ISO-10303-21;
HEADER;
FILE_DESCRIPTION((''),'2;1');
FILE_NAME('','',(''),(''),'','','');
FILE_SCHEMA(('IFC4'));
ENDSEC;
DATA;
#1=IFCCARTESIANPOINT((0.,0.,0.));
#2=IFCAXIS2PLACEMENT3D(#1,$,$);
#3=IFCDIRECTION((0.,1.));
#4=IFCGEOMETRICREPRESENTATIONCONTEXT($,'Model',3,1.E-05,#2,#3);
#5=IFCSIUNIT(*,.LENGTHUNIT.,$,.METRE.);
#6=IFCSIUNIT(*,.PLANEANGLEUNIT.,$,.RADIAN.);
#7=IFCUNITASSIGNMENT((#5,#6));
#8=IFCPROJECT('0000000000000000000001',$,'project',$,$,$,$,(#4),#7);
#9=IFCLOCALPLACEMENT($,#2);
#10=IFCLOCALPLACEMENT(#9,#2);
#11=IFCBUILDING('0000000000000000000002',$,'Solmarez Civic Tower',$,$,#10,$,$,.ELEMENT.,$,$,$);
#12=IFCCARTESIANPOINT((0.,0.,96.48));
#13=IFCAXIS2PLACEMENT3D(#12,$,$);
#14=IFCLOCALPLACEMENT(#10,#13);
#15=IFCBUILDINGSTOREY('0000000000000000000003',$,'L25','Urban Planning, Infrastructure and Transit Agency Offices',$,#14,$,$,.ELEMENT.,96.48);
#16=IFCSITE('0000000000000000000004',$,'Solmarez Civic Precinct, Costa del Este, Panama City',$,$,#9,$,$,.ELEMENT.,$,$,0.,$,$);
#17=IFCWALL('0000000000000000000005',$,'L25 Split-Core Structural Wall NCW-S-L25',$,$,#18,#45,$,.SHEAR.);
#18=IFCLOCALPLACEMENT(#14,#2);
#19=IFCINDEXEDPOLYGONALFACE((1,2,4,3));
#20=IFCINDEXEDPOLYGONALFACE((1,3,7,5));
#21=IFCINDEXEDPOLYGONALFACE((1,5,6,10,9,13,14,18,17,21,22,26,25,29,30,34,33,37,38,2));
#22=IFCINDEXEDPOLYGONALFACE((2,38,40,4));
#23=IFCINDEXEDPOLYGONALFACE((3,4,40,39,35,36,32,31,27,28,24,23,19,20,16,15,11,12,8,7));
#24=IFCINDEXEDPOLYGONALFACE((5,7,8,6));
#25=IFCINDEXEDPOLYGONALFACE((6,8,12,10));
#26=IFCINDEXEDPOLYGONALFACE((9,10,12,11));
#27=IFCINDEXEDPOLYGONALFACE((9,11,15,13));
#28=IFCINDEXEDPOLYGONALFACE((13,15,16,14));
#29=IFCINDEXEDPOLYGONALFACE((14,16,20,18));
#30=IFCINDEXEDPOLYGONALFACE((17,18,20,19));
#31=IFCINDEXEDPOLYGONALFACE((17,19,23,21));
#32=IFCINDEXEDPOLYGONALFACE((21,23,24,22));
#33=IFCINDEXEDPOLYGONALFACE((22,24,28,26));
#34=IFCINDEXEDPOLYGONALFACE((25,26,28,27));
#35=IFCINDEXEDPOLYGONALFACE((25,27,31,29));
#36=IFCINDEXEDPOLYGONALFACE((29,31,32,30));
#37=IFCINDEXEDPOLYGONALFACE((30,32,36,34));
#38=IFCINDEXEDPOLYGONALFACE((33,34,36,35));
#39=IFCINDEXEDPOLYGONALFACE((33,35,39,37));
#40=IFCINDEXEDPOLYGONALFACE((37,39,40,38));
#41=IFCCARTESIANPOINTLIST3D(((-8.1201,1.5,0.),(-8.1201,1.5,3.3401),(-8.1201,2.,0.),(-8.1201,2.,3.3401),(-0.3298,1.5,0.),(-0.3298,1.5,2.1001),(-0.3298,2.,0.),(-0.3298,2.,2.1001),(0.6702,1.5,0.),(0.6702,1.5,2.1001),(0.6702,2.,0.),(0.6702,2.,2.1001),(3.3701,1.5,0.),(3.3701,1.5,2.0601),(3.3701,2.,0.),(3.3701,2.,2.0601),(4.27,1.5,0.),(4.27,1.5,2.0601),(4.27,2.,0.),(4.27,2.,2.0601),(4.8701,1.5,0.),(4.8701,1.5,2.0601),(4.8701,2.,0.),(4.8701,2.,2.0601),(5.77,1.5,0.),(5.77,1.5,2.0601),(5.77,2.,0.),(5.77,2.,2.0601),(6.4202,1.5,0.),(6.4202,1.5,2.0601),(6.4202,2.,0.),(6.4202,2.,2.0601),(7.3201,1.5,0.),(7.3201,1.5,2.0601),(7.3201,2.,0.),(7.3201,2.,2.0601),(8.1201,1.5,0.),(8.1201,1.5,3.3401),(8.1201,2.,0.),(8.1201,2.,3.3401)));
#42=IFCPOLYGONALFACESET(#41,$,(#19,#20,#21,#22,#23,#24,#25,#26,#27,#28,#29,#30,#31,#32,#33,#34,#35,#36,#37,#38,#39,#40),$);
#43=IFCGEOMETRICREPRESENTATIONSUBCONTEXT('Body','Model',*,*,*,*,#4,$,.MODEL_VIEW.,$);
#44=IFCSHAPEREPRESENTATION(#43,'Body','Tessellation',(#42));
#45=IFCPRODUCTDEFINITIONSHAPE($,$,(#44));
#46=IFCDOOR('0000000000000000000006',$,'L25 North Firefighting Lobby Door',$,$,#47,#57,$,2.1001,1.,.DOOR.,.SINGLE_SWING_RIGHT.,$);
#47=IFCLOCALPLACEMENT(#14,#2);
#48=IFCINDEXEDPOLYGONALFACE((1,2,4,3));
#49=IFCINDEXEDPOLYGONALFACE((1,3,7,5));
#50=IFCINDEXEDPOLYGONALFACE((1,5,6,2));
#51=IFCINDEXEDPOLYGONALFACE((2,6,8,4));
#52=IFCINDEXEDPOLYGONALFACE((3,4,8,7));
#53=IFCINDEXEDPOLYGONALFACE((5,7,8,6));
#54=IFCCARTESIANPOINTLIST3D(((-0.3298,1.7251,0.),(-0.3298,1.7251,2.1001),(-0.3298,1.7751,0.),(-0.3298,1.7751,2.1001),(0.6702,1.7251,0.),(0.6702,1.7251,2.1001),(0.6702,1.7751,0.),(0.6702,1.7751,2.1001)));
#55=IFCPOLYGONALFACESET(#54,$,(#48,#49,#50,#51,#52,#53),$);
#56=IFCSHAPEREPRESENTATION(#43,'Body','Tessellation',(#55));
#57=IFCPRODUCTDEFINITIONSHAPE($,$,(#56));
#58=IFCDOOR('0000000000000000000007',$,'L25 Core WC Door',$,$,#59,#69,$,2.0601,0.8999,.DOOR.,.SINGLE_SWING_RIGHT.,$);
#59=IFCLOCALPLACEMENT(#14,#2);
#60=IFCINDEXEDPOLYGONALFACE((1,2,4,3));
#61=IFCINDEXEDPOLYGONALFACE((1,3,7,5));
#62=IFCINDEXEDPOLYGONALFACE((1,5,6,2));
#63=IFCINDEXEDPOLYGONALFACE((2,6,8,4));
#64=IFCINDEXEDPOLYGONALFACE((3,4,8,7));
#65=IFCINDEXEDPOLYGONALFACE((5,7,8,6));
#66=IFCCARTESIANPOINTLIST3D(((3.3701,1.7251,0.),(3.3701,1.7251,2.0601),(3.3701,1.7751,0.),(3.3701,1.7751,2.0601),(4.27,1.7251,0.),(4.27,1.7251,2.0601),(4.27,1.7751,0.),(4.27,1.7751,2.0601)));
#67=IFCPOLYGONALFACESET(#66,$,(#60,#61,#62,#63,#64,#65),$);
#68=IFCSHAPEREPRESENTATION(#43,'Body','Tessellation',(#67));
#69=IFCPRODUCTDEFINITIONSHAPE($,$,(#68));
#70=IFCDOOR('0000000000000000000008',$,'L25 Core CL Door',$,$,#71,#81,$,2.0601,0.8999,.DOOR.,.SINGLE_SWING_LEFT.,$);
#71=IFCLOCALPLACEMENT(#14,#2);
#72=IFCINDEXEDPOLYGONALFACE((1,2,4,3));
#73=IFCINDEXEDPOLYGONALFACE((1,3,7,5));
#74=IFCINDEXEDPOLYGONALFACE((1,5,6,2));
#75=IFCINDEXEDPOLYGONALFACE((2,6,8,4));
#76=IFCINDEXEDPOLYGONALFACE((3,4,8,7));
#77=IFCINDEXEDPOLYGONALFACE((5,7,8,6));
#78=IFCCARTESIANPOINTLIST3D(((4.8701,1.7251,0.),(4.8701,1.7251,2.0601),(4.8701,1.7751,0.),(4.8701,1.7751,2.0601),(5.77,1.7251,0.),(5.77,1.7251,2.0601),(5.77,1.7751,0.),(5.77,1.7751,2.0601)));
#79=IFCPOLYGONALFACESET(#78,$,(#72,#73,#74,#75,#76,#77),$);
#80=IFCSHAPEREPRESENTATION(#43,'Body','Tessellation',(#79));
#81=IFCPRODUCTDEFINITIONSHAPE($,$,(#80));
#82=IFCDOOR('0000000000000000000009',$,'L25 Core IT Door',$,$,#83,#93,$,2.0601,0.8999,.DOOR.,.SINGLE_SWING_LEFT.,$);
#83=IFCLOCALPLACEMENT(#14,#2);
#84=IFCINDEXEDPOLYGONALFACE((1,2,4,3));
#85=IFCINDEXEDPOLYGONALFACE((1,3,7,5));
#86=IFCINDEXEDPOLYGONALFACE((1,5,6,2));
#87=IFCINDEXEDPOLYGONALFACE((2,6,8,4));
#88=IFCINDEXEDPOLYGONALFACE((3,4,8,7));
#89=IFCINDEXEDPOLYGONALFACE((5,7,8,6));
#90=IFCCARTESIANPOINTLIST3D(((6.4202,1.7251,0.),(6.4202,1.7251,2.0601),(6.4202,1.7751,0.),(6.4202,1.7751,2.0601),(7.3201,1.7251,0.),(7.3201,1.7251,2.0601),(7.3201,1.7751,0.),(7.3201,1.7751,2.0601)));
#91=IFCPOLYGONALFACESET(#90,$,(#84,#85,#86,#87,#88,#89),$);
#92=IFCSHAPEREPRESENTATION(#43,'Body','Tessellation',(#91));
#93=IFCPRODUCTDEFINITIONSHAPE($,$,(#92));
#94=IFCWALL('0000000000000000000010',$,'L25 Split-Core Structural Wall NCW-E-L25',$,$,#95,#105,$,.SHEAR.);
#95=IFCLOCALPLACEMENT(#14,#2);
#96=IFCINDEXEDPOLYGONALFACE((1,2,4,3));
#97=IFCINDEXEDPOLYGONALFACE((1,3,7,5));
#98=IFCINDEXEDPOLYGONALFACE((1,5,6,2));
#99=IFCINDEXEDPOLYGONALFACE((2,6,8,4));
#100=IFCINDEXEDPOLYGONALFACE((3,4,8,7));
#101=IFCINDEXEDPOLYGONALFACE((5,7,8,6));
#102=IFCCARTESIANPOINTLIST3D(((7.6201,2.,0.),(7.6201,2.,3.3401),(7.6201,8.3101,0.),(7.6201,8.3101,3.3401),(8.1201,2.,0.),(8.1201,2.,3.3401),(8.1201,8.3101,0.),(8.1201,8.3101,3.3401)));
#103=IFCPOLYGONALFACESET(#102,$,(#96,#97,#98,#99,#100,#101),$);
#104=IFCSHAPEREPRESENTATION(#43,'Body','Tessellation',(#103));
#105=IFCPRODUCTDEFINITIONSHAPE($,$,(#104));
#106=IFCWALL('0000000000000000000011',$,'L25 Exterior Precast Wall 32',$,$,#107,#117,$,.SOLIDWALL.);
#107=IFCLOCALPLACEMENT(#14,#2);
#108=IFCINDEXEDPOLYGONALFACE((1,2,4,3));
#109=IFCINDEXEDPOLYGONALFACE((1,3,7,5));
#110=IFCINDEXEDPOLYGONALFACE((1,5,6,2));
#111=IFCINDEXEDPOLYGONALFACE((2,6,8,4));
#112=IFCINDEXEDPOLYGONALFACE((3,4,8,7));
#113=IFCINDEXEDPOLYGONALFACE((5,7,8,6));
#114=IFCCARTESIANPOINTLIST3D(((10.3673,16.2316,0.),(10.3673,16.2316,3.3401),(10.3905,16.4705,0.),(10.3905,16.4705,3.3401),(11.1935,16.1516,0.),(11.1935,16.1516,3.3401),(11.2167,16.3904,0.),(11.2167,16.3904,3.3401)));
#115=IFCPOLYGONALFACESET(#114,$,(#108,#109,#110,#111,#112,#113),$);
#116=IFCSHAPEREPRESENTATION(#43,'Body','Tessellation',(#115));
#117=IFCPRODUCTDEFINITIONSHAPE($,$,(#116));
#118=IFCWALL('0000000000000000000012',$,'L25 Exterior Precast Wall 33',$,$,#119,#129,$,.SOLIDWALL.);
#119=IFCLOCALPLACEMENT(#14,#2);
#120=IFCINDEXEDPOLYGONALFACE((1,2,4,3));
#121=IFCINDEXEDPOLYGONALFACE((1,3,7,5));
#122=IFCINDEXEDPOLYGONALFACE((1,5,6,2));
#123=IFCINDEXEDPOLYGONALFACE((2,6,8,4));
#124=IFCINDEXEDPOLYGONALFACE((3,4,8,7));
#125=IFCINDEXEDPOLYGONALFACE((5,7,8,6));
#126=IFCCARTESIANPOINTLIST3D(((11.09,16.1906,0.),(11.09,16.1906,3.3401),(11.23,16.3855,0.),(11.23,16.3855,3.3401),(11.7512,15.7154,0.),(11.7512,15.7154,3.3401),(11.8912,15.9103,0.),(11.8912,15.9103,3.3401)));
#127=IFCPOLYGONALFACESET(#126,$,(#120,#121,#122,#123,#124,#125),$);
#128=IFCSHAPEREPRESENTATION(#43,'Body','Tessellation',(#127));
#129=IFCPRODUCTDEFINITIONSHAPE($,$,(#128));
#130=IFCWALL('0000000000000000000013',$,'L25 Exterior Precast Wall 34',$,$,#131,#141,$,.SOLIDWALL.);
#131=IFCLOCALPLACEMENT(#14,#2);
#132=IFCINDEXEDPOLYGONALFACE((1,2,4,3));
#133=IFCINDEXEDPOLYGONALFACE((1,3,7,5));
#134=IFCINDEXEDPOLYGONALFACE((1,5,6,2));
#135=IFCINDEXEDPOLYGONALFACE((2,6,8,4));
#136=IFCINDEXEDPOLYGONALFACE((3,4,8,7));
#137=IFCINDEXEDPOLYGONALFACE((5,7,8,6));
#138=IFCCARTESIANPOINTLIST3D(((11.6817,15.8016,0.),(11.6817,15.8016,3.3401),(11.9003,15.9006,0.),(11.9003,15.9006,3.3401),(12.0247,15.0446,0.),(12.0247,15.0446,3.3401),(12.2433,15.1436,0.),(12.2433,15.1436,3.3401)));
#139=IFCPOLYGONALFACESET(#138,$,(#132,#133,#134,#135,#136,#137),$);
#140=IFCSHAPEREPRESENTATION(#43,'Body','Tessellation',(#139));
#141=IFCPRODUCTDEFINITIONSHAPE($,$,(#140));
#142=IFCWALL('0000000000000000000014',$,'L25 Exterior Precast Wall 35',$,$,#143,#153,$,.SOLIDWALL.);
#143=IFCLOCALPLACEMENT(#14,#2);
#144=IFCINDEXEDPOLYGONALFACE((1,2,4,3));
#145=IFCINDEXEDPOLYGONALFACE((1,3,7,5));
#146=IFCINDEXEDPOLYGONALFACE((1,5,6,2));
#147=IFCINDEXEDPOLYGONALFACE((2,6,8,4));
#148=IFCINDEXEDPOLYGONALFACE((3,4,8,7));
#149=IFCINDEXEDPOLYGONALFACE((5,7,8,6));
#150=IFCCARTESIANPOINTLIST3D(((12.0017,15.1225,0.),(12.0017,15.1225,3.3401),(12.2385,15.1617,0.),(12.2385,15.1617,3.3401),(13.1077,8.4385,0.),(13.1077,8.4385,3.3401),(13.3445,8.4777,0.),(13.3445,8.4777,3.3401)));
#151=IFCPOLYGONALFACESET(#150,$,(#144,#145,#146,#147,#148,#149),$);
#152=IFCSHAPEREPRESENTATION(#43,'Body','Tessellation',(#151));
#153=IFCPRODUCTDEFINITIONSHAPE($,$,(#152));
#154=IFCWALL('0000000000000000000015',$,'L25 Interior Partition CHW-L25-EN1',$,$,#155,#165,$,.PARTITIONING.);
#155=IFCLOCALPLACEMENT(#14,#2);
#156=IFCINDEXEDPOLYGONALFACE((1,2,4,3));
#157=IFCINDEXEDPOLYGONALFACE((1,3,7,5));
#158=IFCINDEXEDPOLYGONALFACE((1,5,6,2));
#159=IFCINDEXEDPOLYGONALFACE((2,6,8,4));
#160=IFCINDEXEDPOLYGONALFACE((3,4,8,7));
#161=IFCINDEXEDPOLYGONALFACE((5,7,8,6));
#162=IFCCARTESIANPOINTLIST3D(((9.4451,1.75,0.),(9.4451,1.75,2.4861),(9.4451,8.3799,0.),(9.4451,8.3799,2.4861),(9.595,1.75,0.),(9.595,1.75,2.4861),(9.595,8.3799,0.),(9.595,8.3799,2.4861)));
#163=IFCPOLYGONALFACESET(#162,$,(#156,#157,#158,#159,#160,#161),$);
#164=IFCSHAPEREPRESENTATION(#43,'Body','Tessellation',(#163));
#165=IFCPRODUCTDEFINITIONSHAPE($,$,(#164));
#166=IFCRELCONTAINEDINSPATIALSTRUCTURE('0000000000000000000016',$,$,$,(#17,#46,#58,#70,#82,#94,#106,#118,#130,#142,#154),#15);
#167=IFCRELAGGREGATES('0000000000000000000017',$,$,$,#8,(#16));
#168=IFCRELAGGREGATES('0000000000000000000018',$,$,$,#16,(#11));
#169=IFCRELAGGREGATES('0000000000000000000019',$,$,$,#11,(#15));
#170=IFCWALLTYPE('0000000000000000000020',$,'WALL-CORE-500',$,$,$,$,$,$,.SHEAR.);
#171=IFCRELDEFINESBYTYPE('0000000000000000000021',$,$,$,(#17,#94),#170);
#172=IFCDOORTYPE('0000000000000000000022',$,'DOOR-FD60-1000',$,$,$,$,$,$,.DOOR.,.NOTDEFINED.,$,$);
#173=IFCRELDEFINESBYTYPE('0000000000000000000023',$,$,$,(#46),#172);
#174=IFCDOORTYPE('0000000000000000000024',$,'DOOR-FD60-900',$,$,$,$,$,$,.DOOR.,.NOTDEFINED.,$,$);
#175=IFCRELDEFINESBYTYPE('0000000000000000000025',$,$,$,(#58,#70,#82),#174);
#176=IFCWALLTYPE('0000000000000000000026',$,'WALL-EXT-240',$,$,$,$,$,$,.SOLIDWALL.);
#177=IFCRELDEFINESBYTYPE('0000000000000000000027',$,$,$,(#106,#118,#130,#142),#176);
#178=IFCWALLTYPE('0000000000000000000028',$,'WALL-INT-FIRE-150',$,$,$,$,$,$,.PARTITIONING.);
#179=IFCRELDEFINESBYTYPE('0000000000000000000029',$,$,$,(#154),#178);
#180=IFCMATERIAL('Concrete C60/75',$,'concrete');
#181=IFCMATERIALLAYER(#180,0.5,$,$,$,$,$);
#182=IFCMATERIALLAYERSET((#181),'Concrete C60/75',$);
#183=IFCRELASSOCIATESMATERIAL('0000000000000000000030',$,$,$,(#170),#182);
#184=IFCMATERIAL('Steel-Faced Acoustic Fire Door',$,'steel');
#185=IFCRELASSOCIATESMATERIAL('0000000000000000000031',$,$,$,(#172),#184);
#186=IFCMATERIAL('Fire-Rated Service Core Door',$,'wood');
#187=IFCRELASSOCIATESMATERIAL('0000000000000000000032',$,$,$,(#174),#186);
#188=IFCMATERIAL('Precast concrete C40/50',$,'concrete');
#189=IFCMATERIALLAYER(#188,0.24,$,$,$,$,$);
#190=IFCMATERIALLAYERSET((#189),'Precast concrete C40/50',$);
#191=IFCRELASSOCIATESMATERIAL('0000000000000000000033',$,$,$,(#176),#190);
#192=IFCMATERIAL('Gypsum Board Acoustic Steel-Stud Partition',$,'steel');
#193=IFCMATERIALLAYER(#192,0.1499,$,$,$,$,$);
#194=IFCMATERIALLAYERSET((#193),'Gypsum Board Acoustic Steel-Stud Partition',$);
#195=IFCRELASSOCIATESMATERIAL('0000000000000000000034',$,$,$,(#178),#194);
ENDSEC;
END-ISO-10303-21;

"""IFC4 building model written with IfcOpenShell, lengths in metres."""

from ifc_helpers import new_model, si_unit, direction, frame, frame_2d, origin, place, context, subcontext, project, spatial, rectangle, extrude, material, layer, layer_set, type_object, element, fill, save


model = new_model("IFC4")

# Units and contexts
model_context = context("Model", 3, precision=1e-05, world=origin(), true_north=direction((0.0, 1.0)))
body_context = subcontext(model_context, "Body", "Model", "MODEL_VIEW")
ifc_project = project(units=[si_unit("LENGTHUNIT", "METRE"), si_unit("PLANEANGLEUNIT", "RADIAN")], contexts=[model_context])

# Site, building, storey
site_placement = place(None, origin())
site = spatial("IfcSite", under=ifc_project, at=site_placement, Name="Solmarez Civic Precinct, Costa del Este, Panama City", CompositionType="ELEMENT", RefElevation=0.0)
building_placement = place(site_placement, origin())
building = spatial("IfcBuilding", under=site, at=building_placement, Name="Solmarez Civic Tower", CompositionType="ELEMENT")
storey_placement = place(building_placement, frame((0.0, 0.0, 96.48)))
storey = spatial("IfcBuildingStorey", under=building, at=storey_placement, Name="L25", Description="Urban Planning, Infrastructure and Transit Agency Offices", CompositionType="ELEMENT", Elevation=96.48)

# Shared definitions
ifc_material_1 = material(Name="Concrete C60/75", Category="concrete")

# Wall, openings, doors
ifc_layer_1 = layer(ifc_material_1, 0.5)
ifc_layer_set_1 = layer_set([ifc_layer_1], Name="Concrete C60/75")
wall_type_1 = type_object("IfcWallType", Name="WALL-CORE-500", PredefinedType="SHEAR", material=ifc_layer_set_1)
wall_1_placement = place(storey_placement, frame((8.1201, 1.75, 0.0), z_axis=(0.0, 0.0, 1.0), x_axis=(-1.0, 0.0, 0.0)))
wall_1 = element("IfcWall", 1, at=wall_1_placement, inside=storey, type_object=wall_type_1, Name="L25 Split-Core Structural Wall NCW-S-L25", PredefinedType="SHEAR", context=body_context, shape_type="SweptSolid", body=[
    extrude(rectangle(XDim=16.2402, YDim=0.5, at=frame_2d((8.1201, 0.0))), origin(), (0.0, 0.0, 1.0), 3.3401),
])
opening_1_placement = place(wall_1_placement, frame((7.45, 0.0, 0.0)))
opening_1 = element("IfcOpeningElement", 2, at=opening_1_placement, cuts=wall_1, PredefinedType="OPENING", context=body_context, shape_type="SweptSolid", body=[
    extrude(rectangle(XDim=1.0, YDim=2.1001, at=frame_2d((0.5, 1.05))), frame((0.0, 0.26, 0.0), z_axis=(0.0, -1.0, 0.0), x_axis=(1.0, 0.0, 0.0)), (0.0, 0.0, 1.0), 0.52),
])
opening_2_placement = place(wall_1_placement, frame((3.8501, 0.0, 0.0)))
opening_2 = element("IfcOpeningElement", 3, at=opening_2_placement, cuts=wall_1, PredefinedType="OPENING", context=body_context, shape_type="SweptSolid", body=[
    extrude(rectangle(XDim=0.8999, YDim=2.0601, at=frame_2d((0.45, 1.03))), frame((0.0, 0.26, 0.0), z_axis=(0.0, -1.0, 0.0), x_axis=(1.0, 0.0, 0.0)), (0.0, 0.0, 1.0), 0.52),
])
opening_3_placement = place(wall_1_placement, frame((2.3501, 0.0, 0.0)))
opening_3 = element("IfcOpeningElement", 4, at=opening_3_placement, cuts=wall_1, PredefinedType="OPENING", context=body_context, shape_type="SweptSolid", body=[
    extrude(rectangle(XDim=0.8999, YDim=2.0601, at=frame_2d((0.45, 1.03))), frame((0.0, 0.26, 0.0), z_axis=(0.0, -1.0, 0.0), x_axis=(1.0, 0.0, 0.0)), (0.0, 0.0, 1.0), 0.52),
])
opening_4_placement = place(wall_1_placement, frame((0.8, 0.0, 0.0)))
opening_4 = element("IfcOpeningElement", 5, at=opening_4_placement, cuts=wall_1, PredefinedType="OPENING", context=body_context, shape_type="SweptSolid", body=[
    extrude(rectangle(XDim=0.8999, YDim=2.0601, at=frame_2d((0.45, 1.03))), frame((0.0, 0.26, 0.0), z_axis=(0.0, -1.0, 0.0), x_axis=(1.0, 0.0, 0.0)), (0.0, 0.0, 1.0), 0.52),
])
ifc_material_2 = material(Name="Steel-Faced Acoustic Fire Door", Category="steel")
door_type_1 = type_object("IfcDoorType", Name="DOOR-FD60-1000", OperationType="NOTDEFINED", PredefinedType="DOOR", material=ifc_material_2)
door_1_placement = place(opening_1_placement, origin())
door_1 = element("IfcDoor", 6, at=door_1_placement, inside=storey, type_object=door_type_1, Name="L25 North Firefighting Lobby Door", OperationType="SINGLE_SWING_RIGHT", OverallHeight=2.1001, OverallWidth=1.0, PredefinedType="DOOR", context=body_context, shape_type="SweptSolid", body=[
    extrude(rectangle(XDim=1.0, YDim=2.1001, at=frame_2d((0.5, 1.05))), frame((0.0, 0.0249, 0.0), z_axis=(0.0, -1.0, 0.0), x_axis=(1.0, 0.0, 0.0)), (0.0, 0.0, 1.0), 0.05),
])
fill(opening_1, door_1)
ifc_material_3 = material(Name="Fire-Rated Service Core Door", Category="wood")
door_type_2 = type_object("IfcDoorType", Name="DOOR-FD60-900", OperationType="NOTDEFINED", PredefinedType="DOOR", material=ifc_material_3)
door_2_placement = place(opening_2_placement, origin())
door_2 = element("IfcDoor", 7, at=door_2_placement, inside=storey, type_object=door_type_2, Name="L25 Core WC Door", OperationType="SINGLE_SWING_RIGHT", OverallHeight=2.0601, OverallWidth=0.8999, PredefinedType="DOOR", context=body_context, shape_type="SweptSolid", body=[
    extrude(rectangle(XDim=0.8999, YDim=2.0601, at=frame_2d((0.45, 1.03))), frame((0.0, 0.0249, 0.0), z_axis=(0.0, -1.0, 0.0), x_axis=(1.0, 0.0, 0.0)), (0.0, 0.0, 1.0), 0.05),
])
fill(opening_2, door_2)
door_3_placement = place(opening_3_placement, origin())
door_3 = element("IfcDoor", 8, at=door_3_placement, inside=storey, type_object=door_type_2, Name="L25 Core CL Door", OperationType="SINGLE_SWING_LEFT", OverallHeight=2.0601, OverallWidth=0.8999, PredefinedType="DOOR", context=body_context, shape_type="SweptSolid", body=[
    extrude(rectangle(XDim=0.8999, YDim=2.0601, at=frame_2d((0.45, 1.03))), frame((0.0, 0.0249, 0.0), z_axis=(0.0, -1.0, 0.0), x_axis=(1.0, 0.0, 0.0)), (0.0, 0.0, 1.0), 0.05),
])
fill(opening_3, door_3)
door_4_placement = place(opening_4_placement, origin())
door_4 = element("IfcDoor", 9, at=door_4_placement, inside=storey, type_object=door_type_2, Name="L25 Core IT Door", OperationType="SINGLE_SWING_LEFT", OverallHeight=2.0601, OverallWidth=0.8999, PredefinedType="DOOR", context=body_context, shape_type="SweptSolid", body=[
    extrude(rectangle(XDim=0.8999, YDim=2.0601, at=frame_2d((0.45, 1.03))), frame((0.0, 0.0249, 0.0), z_axis=(0.0, -1.0, 0.0), x_axis=(1.0, 0.0, 0.0)), (0.0, 0.0, 1.0), 0.05),
])
fill(opening_4, door_4)

# Walls
wall_2_placement = place(storey_placement, frame((7.8701, 8.3101, 0.0), z_axis=(0.0, 0.0, 1.0), x_axis=(0.0, -1.0, 0.0)))
element("IfcWall", 10, at=wall_2_placement, inside=storey, type_object=wall_type_1, Name="L25 Split-Core Structural Wall NCW-E-L25", PredefinedType="SHEAR", context=body_context, shape_type="SweptSolid", body=[
    extrude(rectangle(XDim=6.3101, YDim=0.5, at=frame_2d((3.155, 0.0))), origin(), (0.0, 0.0, 1.0), 3.3401),
])
ifc_material_4 = material(Name="Precast concrete C40/50", Category="concrete")
ifc_layer_2 = layer(ifc_material_4, 0.24)
ifc_layer_set_2 = layer_set([ifc_layer_2], Name="Precast concrete C40/50")
wall_type_2 = type_object("IfcWallType", Name="WALL-EXT-240", PredefinedType="SOLIDWALL", material=ifc_layer_set_2)
wall_3_placement = place(storey_placement, frame((10.3789, 16.3511, 0.0), z_axis=(0.0, 0.0, 1.0), x_axis=(0.995335, -0.096475, 0.0)))
element("IfcWall", 11, at=wall_3_placement, inside=storey, type_object=wall_type_2, Name="L25 Exterior Precast Wall 32", PredefinedType="SOLIDWALL", context=body_context, shape_type="SweptSolid", body=[
    extrude(rectangle(XDim=0.8301, YDim=0.24, at=frame_2d((0.415, 0.0))), origin(), (0.0, 0.0, 1.0), 3.3401),
])
wall_4_placement = place(storey_placement, frame((11.1599, 16.2881, 0.0), z_axis=(0.0, 0.0, 1.0), x_axis=(0.812069, -0.583562, 0.0)))
element("IfcWall", 12, at=wall_4_placement, inside=storey, type_object=wall_type_2, Name="L25 Exterior Precast Wall 33", PredefinedType="SOLIDWALL", context=body_context, shape_type="SweptSolid", body=[
    extrude(rectangle(XDim=0.8142, YDim=0.24, at=frame_2d((0.4072, 0.0))), origin(), (0.0, 0.0, 1.0), 3.3401),
])
wall_5_placement = place(storey_placement, frame((11.791, 15.8511, 0.0), z_axis=(0.0, 0.0, 1.0), x_axis=(0.412696, -0.910869, 0.0)))
element("IfcWall", 13, at=wall_5_placement, inside=storey, type_object=wall_type_2, Name="L25 Exterior Precast Wall 34", PredefinedType="SOLIDWALL", context=body_context, shape_type="SweptSolid", body=[
    extrude(rectangle(XDim=0.8311, YDim=0.24, at=frame_2d((0.4155, 0.0))), origin(), (0.0, 0.0, 1.0), 3.3401),
])
wall_6_placement = place(storey_placement, frame((12.1201, 15.1421, 0.0), z_axis=(0.0, 0.0, 1.0), x_axis=(0.163242, -0.986586, 0.0)))
element("IfcWall", 14, at=wall_6_placement, inside=storey, type_object=wall_type_2, Name="L25 Exterior Precast Wall 35", PredefinedType="SOLIDWALL", context=body_context, shape_type="SweptSolid", body=[
    extrude(rectangle(XDim=6.7749, YDim=0.24, at=frame_2d((3.3875, 0.0))), origin(), (0.0, 0.0, 1.0), 3.3401),
])
ifc_material_5 = material(Name="Gypsum Board Acoustic Steel-Stud Partition", Category="steel")
ifc_layer_3 = layer(ifc_material_5, 0.1499)
ifc_layer_set_3 = layer_set([ifc_layer_3], Name="Gypsum Board Acoustic Steel-Stud Partition")
wall_type_3 = type_object("IfcWallType", Name="WALL-INT-FIRE-150", PredefinedType="PARTITIONING", material=ifc_layer_set_3)
wall_7_placement = place(storey_placement, frame((9.52, 1.75, 0.0), z_axis=(0.0, 0.0, 1.0), x_axis=(0.0, 1.0, 0.0)))
element("IfcWall", 15, at=wall_7_placement, inside=storey, type_object=wall_type_3, Name="L25 Interior Partition CHW-L25-EN1", PredefinedType="PARTITIONING", context=body_context, shape_type="SweptSolid", body=[
    extrude(rectangle(XDim=6.6299, YDim=0.1499, at=frame_2d((3.3149, 0.0))), origin(), (0.0, 0.0, 1.0), 2.4861),
])

save(model, "model.ifc")
